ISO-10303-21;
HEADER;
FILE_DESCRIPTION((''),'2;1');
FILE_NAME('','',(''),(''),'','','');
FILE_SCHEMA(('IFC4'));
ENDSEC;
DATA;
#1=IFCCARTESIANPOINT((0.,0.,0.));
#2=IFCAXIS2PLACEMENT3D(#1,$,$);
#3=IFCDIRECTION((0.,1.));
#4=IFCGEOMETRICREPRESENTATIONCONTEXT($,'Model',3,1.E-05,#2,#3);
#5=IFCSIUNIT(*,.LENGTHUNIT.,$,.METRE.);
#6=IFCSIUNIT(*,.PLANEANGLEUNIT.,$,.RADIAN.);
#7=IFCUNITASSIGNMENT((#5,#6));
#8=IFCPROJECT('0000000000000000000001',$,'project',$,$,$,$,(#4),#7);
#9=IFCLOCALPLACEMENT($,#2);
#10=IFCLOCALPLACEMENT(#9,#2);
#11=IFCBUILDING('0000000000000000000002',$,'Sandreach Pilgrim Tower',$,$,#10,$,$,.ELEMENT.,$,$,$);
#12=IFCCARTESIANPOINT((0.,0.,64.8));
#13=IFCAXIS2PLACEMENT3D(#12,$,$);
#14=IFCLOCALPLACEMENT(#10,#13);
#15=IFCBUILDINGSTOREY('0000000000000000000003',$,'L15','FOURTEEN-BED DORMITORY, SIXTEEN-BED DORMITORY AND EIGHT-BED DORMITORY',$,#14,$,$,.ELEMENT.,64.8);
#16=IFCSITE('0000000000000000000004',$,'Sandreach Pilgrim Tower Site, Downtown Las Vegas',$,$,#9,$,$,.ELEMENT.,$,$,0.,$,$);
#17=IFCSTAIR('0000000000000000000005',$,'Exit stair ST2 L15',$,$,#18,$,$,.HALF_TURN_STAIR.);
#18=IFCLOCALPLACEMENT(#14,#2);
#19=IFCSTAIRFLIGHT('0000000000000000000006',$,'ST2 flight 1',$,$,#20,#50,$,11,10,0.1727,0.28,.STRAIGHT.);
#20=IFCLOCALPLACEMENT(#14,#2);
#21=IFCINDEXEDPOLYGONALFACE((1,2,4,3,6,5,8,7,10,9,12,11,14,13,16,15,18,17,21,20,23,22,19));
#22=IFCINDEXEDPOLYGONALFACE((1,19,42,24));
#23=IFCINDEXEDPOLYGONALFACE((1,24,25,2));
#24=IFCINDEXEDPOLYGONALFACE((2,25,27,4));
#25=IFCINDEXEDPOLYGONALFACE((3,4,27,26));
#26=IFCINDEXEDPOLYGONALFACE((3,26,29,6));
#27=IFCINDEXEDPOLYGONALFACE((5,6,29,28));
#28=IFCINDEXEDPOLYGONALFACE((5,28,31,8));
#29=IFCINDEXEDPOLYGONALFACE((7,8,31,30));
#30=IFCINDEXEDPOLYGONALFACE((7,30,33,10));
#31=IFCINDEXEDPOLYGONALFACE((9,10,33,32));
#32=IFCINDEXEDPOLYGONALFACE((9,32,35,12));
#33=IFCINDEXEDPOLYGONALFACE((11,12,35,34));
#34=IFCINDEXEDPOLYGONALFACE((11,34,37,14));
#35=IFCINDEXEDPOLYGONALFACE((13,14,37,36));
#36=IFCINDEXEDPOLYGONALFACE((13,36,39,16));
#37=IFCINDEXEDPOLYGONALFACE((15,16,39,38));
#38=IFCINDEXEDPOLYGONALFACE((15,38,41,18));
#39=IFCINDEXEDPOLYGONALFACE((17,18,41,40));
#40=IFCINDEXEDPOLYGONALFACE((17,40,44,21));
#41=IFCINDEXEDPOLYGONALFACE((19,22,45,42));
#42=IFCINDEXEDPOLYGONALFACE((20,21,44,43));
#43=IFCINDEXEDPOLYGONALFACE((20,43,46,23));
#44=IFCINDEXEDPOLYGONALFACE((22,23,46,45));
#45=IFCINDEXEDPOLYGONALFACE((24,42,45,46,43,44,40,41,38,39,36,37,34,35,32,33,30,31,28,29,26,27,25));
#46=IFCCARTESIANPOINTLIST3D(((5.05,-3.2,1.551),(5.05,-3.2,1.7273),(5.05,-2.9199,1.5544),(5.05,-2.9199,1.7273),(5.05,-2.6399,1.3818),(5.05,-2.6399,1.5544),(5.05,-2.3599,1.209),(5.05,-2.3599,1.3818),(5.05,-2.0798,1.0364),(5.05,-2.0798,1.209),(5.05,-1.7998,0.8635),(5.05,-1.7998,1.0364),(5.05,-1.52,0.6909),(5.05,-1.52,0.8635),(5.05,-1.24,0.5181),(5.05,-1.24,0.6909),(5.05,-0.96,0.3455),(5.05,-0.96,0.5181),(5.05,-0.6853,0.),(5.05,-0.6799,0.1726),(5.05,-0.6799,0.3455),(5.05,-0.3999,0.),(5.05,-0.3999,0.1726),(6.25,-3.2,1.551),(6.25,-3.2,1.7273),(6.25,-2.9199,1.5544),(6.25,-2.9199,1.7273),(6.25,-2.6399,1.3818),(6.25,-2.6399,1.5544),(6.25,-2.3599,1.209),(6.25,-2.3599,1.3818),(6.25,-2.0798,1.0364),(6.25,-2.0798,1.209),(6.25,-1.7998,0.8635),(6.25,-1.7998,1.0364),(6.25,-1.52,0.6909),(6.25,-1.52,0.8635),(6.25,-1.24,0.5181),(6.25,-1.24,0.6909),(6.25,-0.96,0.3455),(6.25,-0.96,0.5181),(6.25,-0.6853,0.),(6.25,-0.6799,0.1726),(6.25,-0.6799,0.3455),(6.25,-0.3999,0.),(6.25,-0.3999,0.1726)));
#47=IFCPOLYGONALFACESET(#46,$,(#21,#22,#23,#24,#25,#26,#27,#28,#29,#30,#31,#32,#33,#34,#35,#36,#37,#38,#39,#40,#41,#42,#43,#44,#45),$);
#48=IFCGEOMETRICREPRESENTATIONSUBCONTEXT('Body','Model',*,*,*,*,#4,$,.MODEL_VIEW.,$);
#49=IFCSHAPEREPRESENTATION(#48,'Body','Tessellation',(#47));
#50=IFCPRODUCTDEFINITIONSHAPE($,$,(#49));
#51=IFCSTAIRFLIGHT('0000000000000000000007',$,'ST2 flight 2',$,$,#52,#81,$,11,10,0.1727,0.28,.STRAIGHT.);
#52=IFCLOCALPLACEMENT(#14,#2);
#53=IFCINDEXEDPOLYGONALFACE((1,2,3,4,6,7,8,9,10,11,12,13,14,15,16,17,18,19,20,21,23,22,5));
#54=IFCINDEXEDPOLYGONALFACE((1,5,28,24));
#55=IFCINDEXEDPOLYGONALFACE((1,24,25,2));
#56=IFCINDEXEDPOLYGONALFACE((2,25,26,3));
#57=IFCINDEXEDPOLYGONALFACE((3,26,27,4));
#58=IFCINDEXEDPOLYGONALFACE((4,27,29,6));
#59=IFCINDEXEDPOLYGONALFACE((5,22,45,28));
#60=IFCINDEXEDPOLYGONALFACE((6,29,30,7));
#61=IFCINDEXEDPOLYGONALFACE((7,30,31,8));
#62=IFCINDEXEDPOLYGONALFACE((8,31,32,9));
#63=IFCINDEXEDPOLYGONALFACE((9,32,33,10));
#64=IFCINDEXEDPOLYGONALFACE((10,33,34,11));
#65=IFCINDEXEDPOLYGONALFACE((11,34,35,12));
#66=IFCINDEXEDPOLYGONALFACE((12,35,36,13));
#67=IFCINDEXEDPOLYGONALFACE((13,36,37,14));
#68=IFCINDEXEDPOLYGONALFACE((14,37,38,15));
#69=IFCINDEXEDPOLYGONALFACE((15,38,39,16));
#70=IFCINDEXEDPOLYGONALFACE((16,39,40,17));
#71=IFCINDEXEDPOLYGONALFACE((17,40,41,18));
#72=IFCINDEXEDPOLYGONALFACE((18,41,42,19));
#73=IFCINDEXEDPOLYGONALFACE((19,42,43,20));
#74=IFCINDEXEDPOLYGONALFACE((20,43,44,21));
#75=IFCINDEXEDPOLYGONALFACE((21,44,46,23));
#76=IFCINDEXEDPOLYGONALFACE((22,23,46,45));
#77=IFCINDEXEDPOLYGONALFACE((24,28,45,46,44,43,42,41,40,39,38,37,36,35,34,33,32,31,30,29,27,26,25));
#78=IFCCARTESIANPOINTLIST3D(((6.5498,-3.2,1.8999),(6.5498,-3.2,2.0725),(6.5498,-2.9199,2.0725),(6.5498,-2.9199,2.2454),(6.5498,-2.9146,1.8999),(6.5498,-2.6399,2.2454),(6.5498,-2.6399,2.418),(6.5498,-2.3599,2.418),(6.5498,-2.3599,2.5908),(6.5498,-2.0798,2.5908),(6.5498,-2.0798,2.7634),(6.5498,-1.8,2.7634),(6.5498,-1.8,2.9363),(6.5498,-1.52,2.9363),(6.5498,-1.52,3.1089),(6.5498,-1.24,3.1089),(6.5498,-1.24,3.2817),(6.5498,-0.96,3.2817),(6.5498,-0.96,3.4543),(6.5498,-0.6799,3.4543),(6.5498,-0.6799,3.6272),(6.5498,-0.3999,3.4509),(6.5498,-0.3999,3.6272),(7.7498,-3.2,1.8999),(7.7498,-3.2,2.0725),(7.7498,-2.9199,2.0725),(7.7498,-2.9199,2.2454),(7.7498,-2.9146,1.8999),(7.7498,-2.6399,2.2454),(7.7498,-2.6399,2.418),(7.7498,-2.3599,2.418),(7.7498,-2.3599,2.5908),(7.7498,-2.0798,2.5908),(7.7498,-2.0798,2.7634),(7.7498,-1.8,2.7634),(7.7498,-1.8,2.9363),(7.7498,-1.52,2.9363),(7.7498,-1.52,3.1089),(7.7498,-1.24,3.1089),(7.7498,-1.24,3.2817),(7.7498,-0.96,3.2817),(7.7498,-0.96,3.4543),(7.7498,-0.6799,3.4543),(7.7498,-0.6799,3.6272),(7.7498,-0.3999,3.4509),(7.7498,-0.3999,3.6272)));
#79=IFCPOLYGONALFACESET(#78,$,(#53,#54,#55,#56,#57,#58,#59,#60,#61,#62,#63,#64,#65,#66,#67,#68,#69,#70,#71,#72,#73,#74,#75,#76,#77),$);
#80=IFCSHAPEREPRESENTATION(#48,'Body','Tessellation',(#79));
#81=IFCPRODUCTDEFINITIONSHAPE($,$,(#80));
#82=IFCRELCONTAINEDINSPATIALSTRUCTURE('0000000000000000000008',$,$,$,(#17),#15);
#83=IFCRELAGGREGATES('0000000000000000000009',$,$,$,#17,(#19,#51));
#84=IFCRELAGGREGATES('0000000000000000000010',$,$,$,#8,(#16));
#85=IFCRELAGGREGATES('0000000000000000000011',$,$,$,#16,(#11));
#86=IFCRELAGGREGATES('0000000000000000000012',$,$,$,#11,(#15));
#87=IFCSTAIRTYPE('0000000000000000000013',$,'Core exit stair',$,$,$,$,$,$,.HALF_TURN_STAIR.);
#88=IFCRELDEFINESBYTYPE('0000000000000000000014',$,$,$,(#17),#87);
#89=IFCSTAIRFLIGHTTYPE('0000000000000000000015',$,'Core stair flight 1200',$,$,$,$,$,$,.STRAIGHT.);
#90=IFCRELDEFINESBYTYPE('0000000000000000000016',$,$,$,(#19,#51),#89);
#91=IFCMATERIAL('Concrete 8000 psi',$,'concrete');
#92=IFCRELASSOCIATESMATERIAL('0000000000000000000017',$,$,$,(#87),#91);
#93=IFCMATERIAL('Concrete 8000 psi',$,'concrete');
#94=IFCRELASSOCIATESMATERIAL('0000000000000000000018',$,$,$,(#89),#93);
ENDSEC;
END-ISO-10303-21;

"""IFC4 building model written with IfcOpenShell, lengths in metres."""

from ifc_helpers import new_model, si_unit, direction, frame, origin, place, context, subcontext, project, spatial, polyline, outline, extrude, material, type_object, element, aggregate, save


model = new_model("IFC4")

# Units and contexts
model_context = context("Model", 3, precision=1e-05, world=origin(), true_north=direction((0.0, 1.0)))
body_context = subcontext(model_context, "Body", "Model", "MODEL_VIEW")
ifc_project = project(units=[si_unit("LENGTHUNIT", "METRE"), si_unit("PLANEANGLEUNIT", "RADIAN")], contexts=[model_context])

# Site, building, storey
site_placement = place(None, origin())
site = spatial("IfcSite", under=ifc_project, at=site_placement, Name="Sandreach Pilgrim Tower Site, Downtown Las Vegas", CompositionType="ELEMENT", RefElevation=0.0)
building_placement = place(site_placement, origin())
building = spatial("IfcBuilding", under=site, at=building_placement, Name="Sandreach Pilgrim Tower", CompositionType="ELEMENT")
storey_placement = place(building_placement, frame((0.0, 0.0, 64.8)))
storey = spatial("IfcBuildingStorey", under=building, at=storey_placement, Name="L15", Description="FOURTEEN-BED DORMITORY, SIXTEEN-BED DORMITORY AND EIGHT-BED DORMITORY", CompositionType="ELEMENT", Elevation=64.8)

# Stair, stair flights
ifc_material_1 = material(Name="Concrete 8000 psi", Category="concrete")
stair_type = type_object("IfcStairType", Name="Core exit stair", PredefinedType="HALF_TURN_STAIR", material=ifc_material_1)
stair_placement = place(storey_placement, origin())
stair = element("IfcStair", 1, at=stair_placement, inside=storey, type_object=stair_type, Name="Exit stair ST2 L15", PredefinedType="HALF_TURN_STAIR")
ifc_material_2 = material(Name="Concrete 8000 psi", Category="concrete")
stair_flight_type = type_object("IfcStairFlightType", Name="Core stair flight 1200", PredefinedType="STRAIGHT", material=ifc_material_2)
stair_flight_1_placement = place(storey_placement, frame((5.6499, -0.3999, 0.0), z_axis=(0.0, 0.0, 1.0), x_axis=(0.0, -1.0, 0.0)))
stair_flight_1 = element("IfcStairFlight", 2, at=stair_flight_1_placement, type_object=stair_flight_type, Name="ST2 flight 1", NumberOfRisers=11, NumberOfTreads=10, PredefinedType="STRAIGHT", RiserHeight=0.1727, TreadLength=0.28, context=body_context, shape_type="SweptSolid", body=[
    extrude(outline(polyline([(0.0, 0.0), (0.0, 0.1726), (0.28, 0.1726), (0.28, 0.3455), (0.5601, 0.3455), (0.5601, 0.5181), (0.8401, 0.5181), (0.8401, 0.6909), (1.1201, 0.6909), (1.1201, 0.8635), (1.3999, 0.8635), (1.3999, 1.0364), (1.6799, 1.0364), (1.6799, 1.209), (1.96, 1.209), (1.96, 1.3818), (2.24, 1.3818), (2.24, 1.5544), (2.52, 1.5544), (2.52, 1.7273), (2.8, 1.7273), (2.8, 1.8999), (2.8, 1.551), (0.2854, 0.0), (0.0, 0.0)])), frame((0.0, 0.6001, 0.0), z_axis=(0.0, -1.0, 0.0), x_axis=(1.0, 0.0, 0.0)), (0.0, 0.0, 1.0), 1.2),
])
stair_flight_2_placement = place(storey_placement, frame((7.1499, -3.2, 1.8999), z_axis=(0.0, 0.0, 1.0), x_axis=(0.0, 1.0, 0.0)))
stair_flight_2 = element("IfcStairFlight", 3, at=stair_flight_2_placement, type_object=stair_flight_type, Name="ST2 flight 2", NumberOfRisers=11, NumberOfTreads=10, PredefinedType="STRAIGHT", RiserHeight=0.1727, TreadLength=0.28, context=body_context, shape_type="SweptSolid", body=[
    extrude(outline(polyline([(0.0, 0.0), (0.0, 0.1726), (0.28, 0.1726), (0.28, 0.3455), (0.5601, 0.3455), (0.5601, 0.5181), (0.8401, 0.5181), (0.8401, 0.6909), (1.1201, 0.6909), (1.1201, 0.8635), (1.3999, 0.8635), (1.3999, 1.0364), (1.6799, 1.0364), (1.6799, 1.209), (1.96, 1.209), (1.96, 1.3818), (2.24, 1.3818), (2.24, 1.5544), (2.52, 1.5544), (2.52, 1.7273), (2.8, 1.7273), (2.8, 1.8999), (2.8, 1.551), (0.2854, 0.0), (0.0, 0.0)])), frame((0.0, 0.6001, 0.0), z_axis=(0.0, -1.0, 0.0), x_axis=(1.0, 0.0, 0.0)), (0.0, 0.0, 1.0), 1.2),
])
aggregate(stair, [stair_flight_1, stair_flight_2])

save(model, "model.ifc")
